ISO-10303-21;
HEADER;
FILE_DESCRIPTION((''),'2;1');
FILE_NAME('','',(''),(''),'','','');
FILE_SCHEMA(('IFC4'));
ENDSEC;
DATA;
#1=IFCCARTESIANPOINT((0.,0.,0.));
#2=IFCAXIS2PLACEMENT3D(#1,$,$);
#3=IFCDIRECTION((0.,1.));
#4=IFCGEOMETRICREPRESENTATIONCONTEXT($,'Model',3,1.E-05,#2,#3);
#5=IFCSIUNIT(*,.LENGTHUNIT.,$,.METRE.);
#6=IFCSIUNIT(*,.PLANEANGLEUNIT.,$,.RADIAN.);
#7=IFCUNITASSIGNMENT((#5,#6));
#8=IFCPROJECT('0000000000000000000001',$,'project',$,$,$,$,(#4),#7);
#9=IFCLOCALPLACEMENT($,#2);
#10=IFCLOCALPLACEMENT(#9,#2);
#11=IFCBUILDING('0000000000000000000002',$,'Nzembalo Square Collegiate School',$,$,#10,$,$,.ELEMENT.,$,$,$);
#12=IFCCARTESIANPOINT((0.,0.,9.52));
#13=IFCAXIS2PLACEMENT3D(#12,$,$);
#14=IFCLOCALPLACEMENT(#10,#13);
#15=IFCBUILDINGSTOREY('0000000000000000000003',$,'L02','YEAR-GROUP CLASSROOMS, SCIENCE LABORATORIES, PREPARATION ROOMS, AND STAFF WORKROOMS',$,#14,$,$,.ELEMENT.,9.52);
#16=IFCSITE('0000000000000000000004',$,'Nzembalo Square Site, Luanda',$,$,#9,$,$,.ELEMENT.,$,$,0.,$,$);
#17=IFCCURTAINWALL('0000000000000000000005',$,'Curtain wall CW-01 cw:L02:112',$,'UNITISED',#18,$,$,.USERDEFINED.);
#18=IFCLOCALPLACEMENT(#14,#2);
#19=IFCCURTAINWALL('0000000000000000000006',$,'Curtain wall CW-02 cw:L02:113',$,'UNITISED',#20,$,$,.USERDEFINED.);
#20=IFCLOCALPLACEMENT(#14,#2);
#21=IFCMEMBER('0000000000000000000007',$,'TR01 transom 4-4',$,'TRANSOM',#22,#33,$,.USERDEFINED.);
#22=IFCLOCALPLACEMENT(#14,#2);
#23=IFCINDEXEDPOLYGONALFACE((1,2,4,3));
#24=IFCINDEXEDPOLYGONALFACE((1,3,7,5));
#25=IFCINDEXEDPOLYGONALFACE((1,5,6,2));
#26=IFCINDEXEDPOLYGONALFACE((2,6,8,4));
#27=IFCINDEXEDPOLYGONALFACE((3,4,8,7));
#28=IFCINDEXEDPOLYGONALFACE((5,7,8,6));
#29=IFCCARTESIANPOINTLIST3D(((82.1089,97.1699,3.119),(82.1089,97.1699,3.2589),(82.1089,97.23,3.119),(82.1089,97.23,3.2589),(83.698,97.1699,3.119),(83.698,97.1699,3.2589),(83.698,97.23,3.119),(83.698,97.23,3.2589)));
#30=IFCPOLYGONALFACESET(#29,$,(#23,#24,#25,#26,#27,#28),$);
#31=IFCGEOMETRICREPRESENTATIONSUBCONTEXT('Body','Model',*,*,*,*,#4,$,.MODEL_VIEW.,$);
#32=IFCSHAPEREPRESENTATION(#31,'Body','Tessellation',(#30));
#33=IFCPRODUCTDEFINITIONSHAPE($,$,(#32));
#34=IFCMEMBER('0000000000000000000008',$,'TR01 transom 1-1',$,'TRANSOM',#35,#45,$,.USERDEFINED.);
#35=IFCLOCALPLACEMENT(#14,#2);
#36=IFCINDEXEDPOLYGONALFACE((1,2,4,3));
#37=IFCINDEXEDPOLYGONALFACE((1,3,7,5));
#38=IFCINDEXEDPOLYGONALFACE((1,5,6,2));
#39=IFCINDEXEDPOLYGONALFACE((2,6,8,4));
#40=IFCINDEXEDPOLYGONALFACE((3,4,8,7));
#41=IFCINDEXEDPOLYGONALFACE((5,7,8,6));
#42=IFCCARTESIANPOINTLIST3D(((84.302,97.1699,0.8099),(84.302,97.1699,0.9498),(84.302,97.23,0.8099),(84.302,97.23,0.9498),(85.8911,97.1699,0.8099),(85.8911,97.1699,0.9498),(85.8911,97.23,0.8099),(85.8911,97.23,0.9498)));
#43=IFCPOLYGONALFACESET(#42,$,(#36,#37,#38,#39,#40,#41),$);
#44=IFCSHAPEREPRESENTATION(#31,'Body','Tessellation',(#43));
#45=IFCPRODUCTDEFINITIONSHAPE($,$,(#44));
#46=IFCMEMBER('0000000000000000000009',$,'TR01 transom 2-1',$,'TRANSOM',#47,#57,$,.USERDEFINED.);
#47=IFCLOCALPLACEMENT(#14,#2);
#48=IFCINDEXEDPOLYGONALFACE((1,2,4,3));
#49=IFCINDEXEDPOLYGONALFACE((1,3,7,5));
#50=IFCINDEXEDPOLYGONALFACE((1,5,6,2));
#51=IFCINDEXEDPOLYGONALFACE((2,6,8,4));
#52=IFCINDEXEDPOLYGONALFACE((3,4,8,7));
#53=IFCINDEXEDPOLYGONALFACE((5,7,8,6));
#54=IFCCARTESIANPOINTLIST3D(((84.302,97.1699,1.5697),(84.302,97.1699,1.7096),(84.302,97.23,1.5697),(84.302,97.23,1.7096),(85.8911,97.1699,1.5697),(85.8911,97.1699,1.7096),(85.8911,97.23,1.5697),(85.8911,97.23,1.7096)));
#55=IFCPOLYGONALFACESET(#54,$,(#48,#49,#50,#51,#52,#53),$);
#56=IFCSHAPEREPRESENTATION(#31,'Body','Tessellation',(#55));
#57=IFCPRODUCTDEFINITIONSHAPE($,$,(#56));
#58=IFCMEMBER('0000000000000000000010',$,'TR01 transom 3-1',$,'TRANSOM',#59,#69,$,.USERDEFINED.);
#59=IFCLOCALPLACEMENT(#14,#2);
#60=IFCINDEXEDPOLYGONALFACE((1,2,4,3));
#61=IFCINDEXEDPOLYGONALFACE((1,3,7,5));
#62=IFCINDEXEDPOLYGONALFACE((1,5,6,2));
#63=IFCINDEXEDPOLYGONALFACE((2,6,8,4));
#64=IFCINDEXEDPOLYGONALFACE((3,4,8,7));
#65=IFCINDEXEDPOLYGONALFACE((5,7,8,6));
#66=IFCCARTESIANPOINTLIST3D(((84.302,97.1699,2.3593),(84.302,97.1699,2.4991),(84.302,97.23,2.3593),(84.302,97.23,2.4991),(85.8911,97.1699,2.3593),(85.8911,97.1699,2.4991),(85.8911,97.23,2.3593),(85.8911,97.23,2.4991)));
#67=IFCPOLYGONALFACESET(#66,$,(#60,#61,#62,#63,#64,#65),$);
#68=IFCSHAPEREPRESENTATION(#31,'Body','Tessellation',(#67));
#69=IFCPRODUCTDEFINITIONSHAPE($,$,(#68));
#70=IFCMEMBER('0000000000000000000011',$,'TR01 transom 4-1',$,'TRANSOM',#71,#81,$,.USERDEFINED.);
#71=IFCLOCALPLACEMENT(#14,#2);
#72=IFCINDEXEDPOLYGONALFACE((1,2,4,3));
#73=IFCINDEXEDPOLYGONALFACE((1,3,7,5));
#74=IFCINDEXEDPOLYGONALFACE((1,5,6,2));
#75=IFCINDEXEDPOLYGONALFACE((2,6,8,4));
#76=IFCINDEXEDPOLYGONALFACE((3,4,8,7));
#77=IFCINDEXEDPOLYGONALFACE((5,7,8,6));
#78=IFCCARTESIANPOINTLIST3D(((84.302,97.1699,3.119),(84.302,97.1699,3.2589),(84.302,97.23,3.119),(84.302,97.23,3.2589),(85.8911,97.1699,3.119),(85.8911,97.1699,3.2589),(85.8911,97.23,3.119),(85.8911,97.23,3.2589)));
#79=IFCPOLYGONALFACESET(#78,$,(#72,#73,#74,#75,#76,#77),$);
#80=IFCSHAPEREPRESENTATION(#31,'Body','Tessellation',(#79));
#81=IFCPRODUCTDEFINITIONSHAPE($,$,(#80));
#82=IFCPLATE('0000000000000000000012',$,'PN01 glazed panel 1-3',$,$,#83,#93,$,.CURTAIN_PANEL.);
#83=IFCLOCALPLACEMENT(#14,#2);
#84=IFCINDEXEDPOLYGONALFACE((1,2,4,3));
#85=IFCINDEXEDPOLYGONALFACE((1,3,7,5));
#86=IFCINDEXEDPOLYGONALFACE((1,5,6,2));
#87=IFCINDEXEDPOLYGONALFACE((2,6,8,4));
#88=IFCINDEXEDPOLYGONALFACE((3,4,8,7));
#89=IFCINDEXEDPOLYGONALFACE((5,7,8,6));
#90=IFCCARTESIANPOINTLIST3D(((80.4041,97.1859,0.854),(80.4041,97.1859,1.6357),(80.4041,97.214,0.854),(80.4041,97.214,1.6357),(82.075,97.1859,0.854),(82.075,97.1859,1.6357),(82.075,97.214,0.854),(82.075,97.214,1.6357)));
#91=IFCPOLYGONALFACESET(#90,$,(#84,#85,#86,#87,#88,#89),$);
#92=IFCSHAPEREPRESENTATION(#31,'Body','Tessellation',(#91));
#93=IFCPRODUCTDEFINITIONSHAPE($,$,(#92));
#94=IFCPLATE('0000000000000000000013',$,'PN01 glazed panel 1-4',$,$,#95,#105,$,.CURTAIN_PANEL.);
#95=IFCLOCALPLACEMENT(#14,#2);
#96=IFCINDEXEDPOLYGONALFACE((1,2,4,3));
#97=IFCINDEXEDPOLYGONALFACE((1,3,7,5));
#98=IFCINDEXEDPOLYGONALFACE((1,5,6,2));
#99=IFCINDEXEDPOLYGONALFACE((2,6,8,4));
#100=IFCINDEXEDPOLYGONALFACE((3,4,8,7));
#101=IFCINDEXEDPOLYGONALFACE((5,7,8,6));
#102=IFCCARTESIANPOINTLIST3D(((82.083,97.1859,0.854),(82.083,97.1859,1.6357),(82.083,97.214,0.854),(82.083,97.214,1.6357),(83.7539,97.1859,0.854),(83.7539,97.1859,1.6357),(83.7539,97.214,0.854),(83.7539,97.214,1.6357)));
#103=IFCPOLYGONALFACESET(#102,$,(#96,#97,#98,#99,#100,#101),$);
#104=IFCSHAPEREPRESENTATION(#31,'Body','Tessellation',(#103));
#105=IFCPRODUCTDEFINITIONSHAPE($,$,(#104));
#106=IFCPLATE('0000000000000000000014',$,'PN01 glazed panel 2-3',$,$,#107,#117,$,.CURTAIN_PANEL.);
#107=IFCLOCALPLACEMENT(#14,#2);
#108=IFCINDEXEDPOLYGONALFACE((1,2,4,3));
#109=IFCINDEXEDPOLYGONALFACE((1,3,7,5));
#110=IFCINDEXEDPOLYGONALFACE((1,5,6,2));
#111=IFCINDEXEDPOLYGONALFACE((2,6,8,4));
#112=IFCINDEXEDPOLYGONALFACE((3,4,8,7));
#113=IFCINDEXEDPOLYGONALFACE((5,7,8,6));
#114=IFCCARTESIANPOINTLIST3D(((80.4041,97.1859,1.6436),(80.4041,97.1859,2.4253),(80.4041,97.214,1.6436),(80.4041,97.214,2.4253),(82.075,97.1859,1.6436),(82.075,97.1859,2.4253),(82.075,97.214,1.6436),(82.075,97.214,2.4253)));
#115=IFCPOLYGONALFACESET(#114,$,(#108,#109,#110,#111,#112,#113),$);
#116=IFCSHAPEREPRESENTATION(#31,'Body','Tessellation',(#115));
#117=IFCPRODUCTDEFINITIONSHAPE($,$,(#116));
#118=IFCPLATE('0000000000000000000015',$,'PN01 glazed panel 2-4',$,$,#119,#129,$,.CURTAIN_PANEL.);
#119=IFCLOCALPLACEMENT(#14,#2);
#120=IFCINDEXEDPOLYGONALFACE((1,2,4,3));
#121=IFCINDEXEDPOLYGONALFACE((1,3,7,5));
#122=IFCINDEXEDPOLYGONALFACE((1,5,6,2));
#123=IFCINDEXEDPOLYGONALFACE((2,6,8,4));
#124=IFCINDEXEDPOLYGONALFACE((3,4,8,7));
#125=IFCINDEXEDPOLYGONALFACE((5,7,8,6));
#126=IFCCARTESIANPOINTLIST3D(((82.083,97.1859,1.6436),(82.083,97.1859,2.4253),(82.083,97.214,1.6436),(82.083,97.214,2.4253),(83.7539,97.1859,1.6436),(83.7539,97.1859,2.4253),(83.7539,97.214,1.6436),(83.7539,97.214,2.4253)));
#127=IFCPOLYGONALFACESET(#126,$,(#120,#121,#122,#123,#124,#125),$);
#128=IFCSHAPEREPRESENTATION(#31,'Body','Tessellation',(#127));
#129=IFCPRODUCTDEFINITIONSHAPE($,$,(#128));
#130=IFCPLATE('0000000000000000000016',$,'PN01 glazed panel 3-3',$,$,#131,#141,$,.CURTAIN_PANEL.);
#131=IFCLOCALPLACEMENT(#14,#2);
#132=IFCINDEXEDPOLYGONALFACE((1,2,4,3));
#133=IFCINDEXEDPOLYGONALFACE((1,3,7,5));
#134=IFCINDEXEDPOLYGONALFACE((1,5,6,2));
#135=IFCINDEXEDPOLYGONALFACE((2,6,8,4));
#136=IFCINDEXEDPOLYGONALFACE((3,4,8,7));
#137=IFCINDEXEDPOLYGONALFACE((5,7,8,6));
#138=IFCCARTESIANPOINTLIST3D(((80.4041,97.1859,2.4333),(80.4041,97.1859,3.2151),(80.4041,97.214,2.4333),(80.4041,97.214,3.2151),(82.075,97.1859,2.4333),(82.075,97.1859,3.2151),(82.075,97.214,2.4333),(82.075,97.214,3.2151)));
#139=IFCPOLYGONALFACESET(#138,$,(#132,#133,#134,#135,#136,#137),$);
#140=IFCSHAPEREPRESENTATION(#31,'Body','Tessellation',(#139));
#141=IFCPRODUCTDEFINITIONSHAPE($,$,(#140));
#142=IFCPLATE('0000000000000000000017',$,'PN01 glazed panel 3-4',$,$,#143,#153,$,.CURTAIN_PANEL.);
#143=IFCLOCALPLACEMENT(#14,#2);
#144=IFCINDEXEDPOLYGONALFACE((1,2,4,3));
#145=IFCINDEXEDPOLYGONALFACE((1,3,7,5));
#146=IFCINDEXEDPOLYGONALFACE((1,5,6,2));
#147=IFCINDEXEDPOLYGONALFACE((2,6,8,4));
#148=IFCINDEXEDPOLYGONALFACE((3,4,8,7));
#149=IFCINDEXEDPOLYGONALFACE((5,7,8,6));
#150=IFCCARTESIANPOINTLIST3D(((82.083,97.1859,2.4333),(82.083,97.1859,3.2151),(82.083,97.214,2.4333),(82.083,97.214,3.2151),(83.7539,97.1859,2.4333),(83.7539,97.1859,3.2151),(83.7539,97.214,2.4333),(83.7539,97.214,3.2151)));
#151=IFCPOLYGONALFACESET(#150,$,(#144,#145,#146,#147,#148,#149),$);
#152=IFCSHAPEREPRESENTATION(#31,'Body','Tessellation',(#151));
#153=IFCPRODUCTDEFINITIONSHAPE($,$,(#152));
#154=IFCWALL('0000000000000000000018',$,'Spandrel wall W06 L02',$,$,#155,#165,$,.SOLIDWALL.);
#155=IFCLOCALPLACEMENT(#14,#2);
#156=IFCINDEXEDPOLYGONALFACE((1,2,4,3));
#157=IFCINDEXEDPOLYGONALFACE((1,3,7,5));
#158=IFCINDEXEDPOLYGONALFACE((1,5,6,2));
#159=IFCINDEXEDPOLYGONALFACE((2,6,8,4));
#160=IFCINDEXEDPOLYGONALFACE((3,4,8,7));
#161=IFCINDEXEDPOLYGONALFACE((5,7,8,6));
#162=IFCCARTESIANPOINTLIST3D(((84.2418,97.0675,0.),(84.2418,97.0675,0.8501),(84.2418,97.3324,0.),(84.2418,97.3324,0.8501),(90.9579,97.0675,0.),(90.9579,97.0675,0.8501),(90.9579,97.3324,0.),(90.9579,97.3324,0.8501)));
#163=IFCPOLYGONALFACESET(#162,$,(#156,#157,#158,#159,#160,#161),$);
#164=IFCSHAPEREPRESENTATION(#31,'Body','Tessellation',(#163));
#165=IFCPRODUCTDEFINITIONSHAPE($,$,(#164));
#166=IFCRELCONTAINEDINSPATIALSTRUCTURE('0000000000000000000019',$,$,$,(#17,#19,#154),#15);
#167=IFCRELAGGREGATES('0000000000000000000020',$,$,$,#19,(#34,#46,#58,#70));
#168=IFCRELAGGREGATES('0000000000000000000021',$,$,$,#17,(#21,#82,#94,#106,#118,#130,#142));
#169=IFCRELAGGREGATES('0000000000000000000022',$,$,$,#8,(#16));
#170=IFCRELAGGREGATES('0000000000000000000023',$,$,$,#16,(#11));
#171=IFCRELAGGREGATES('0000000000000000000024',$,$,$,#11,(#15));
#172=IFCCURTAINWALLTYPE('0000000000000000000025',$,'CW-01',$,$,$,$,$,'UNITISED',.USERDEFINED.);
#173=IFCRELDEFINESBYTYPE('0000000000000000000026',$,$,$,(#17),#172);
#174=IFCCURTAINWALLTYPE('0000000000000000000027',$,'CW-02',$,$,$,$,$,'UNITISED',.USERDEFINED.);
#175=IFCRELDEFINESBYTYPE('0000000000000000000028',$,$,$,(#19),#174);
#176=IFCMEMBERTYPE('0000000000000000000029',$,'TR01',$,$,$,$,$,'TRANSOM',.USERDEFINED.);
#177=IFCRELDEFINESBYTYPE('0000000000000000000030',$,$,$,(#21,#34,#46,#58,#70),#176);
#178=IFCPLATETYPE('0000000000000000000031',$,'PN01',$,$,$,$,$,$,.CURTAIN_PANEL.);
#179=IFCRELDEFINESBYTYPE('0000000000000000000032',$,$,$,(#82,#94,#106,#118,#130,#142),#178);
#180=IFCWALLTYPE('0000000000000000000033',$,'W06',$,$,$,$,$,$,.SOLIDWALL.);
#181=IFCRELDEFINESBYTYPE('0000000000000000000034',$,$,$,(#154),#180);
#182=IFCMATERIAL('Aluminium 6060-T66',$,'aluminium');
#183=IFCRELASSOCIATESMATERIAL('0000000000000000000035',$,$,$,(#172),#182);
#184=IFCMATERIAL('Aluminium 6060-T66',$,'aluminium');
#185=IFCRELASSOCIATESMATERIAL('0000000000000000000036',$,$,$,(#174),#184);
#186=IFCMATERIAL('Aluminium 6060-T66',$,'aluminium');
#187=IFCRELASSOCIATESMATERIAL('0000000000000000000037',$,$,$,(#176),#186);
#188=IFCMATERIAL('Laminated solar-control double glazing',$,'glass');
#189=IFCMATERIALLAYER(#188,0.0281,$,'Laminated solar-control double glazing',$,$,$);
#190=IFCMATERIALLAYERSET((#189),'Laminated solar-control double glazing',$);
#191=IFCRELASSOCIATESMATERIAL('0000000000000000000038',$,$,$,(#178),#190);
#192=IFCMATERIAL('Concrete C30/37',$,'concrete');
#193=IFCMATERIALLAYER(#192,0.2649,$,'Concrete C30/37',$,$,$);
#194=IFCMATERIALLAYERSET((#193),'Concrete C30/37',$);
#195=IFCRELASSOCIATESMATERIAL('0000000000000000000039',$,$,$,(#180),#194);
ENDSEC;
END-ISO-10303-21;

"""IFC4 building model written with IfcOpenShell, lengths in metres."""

from ifc_helpers import new_model, si_unit, direction, frame, frame_2d, origin, origin_2d, place, context, subcontext, project, spatial, rectangle, extrude, material, layer, layer_set, material_profile, profile_set, type_object, element, aggregate, save


model = new_model("IFC4")

# Units and contexts
model_context = context("Model", 3, precision=1e-05, world=origin(), true_north=direction((0.0, 1.0)))
body_context = subcontext(model_context, "Body", "Model", "MODEL_VIEW")
ifc_project = project(units=[si_unit("LENGTHUNIT", "METRE"), si_unit("PLANEANGLEUNIT", "RADIAN")], contexts=[model_context])

# Site, building, storey
site_placement = place(None, origin())
site = spatial("IfcSite", under=ifc_project, at=site_placement, Name="Nzembalo Square Site, Luanda", CompositionType="ELEMENT", RefElevation=0.0)
building_placement = place(site_placement, origin())
building = spatial("IfcBuilding", under=site, at=building_placement, Name="Nzembalo Square Collegiate School", CompositionType="ELEMENT")
storey_placement = place(building_placement, frame((0.0, 0.0, 9.52)))
storey = spatial("IfcBuildingStorey", under=building, at=storey_placement, Name="L02", Description="YEAR-GROUP CLASSROOMS, SCIENCE LABORATORIES, PREPARATION ROOMS, AND STAFF WORKROOMS", CompositionType="ELEMENT", Elevation=9.52)

# Curtain wall
ifc_material_1 = material(Name="Aluminium 6060-T66", Category="aluminium")
curtain_wall_type_1 = type_object("IfcCurtainWallType", Name="CW-01", ElementType="UNITISED", PredefinedType="USERDEFINED", material=ifc_material_1)
curtain_wall_1_placement = place(storey_placement, origin())
curtain_wall_1 = element("IfcCurtainWall", 1, at=curtain_wall_1_placement, inside=storey, type_object=curtain_wall_type_1, Name="Curtain wall CW-01 cw:L02:112", ObjectType="UNITISED", PredefinedType="USERDEFINED")

# Curtain wall
ifc_material_2 = material(Name="Aluminium 6060-T66", Category="aluminium")
curtain_wall_type_2 = type_object("IfcCurtainWallType", Name="CW-02", ElementType="UNITISED", PredefinedType="USERDEFINED", material=ifc_material_2)
curtain_wall_2_placement = place(storey_placement, origin())
curtain_wall_2 = element("IfcCurtainWall", 2, at=curtain_wall_2_placement, inside=storey, type_object=curtain_wall_type_2, Name="Curtain wall CW-02 cw:L02:113", ObjectType="UNITISED", PredefinedType="USERDEFINED")

# Members
ifc_material_3 = material(Name="Aluminium 6060-T66", Category="aluminium")
ifc_material_profile_1 = material_profile(ifc_material_3, rectangle(XDim=0.0601, YDim=0.1399, at=origin_2d()), Name="ALU T60x140")
ifc_profile_set_1 = profile_set([ifc_material_profile_1], Name="Aluminium 6060-T66")
member_type_1 = type_object("IfcMemberType", Name="TR01", ElementType="TRANSOM", PredefinedType="USERDEFINED", material=ifc_profile_set_1)
member_1_placement = place(storey_placement, frame((82.1089, 97.2, 3.189), z_axis=(1.0, 0.0, 0.0), x_axis=(0.0, 1.0, 0.0)))
member_1 = element("IfcMember", 3, at=member_1_placement, type_object=member_type_1, Name="TR01 transom 4-4", ObjectType="TRANSOM", PredefinedType="USERDEFINED", context=body_context, shape_type="SweptSolid", body=[
    extrude(rectangle(XDim=0.0601, YDim=0.1399, at=origin_2d()), origin(), (0.0, 0.0, 1.0), 1.5891),
])
member_2_placement = place(storey_placement, frame((84.302, 97.2, 0.8799), z_axis=(1.0, 0.0, 0.0), x_axis=(0.0, 1.0, 0.0)))
member_2 = element("IfcMember", 4, at=member_2_placement, type_object=member_type_1, Name="TR01 transom 1-1", ObjectType="TRANSOM", PredefinedType="USERDEFINED", context=body_context, shape_type="SweptSolid", body=[
    extrude(rectangle(XDim=0.0601, YDim=0.1399, at=origin_2d()), origin(), (0.0, 0.0, 1.0), 1.5891),
])
member_3_placement = place(storey_placement, frame((84.302, 97.2, 1.6396), z_axis=(1.0, 0.0, 0.0), x_axis=(0.0, 1.0, 0.0)))
member_3 = element("IfcMember", 5, at=member_3_placement, type_object=member_type_1, Name="TR01 transom 2-1", ObjectType="TRANSOM", PredefinedType="USERDEFINED", context=body_context, shape_type="SweptSolid", body=[
    extrude(rectangle(XDim=0.0601, YDim=0.1399, at=origin_2d()), origin(), (0.0, 0.0, 1.0), 1.5891),
])
member_4_placement = place(storey_placement, frame((84.302, 97.2, 2.4292), z_axis=(1.0, 0.0, 0.0), x_axis=(0.0, 1.0, 0.0)))
member_4 = element("IfcMember", 6, at=member_4_placement, type_object=member_type_1, Name="TR01 transom 3-1", ObjectType="TRANSOM", PredefinedType="USERDEFINED", context=body_context, shape_type="SweptSolid", body=[
    extrude(rectangle(XDim=0.0601, YDim=0.1399, at=origin_2d()), origin(), (0.0, 0.0, 1.0), 1.5891),
])
member_5_placement = place(storey_placement, frame((84.302, 97.2, 3.189), z_axis=(1.0, 0.0, 0.0), x_axis=(0.0, 1.0, 0.0)))
member_5 = element("IfcMember", 7, at=member_5_placement, type_object=member_type_1, Name="TR01 transom 4-1", ObjectType="TRANSOM", PredefinedType="USERDEFINED", context=body_context, shape_type="SweptSolid", body=[
    extrude(rectangle(XDim=0.0601, YDim=0.1399, at=origin_2d()), origin(), (0.0, 0.0, 1.0), 1.5891),
])
aggregate(curtain_wall_2, [member_2, member_3, member_4, member_5])

# Plates
ifc_material_4 = material(Name="Laminated solar-control double glazing", Category="glass")
ifc_layer_1 = layer(ifc_material_4, 0.0281, Name="Laminated solar-control double glazing")
ifc_layer_set_1 = layer_set([ifc_layer_1], Name="Laminated solar-control double glazing")
plate_type = type_object("IfcPlateType", Name="PN01", PredefinedType="CURTAIN_PANEL", material=ifc_layer_set_1)
plate_1_placement = place(storey_placement, frame((81.2395, 97.2, 0.854), z_axis=(0.0, 0.0, 1.0), x_axis=(1.0, 0.0, 0.0)))
plate_1 = element("IfcPlate", 8, at=plate_1_placement, type_object=plate_type, Name="PN01 glazed panel 1-3", PredefinedType="CURTAIN_PANEL", context=body_context, shape_type="SweptSolid", body=[
    extrude(rectangle(XDim=1.6709, YDim=0.0281, at=origin_2d()), origin(), (0.0, 0.0, 1.0), 0.7817),
])
plate_2_placement = place(storey_placement, frame((82.9185, 97.2, 0.854), z_axis=(0.0, 0.0, 1.0), x_axis=(1.0, 0.0, 0.0)))
plate_2 = element("IfcPlate", 9, at=plate_2_placement, type_object=plate_type, Name="PN01 glazed panel 1-4", PredefinedType="CURTAIN_PANEL", context=body_context, shape_type="SweptSolid", body=[
    extrude(rectangle(XDim=1.6709, YDim=0.0281, at=origin_2d()), origin(), (0.0, 0.0, 1.0), 0.7817),
])
plate_3_placement = place(storey_placement, frame((81.2395, 97.2, 1.6436), z_axis=(0.0, 0.0, 1.0), x_axis=(1.0, 0.0, 0.0)))
plate_3 = element("IfcPlate", 10, at=plate_3_placement, type_object=plate_type, Name="PN01 glazed panel 2-3", PredefinedType="CURTAIN_PANEL", context=body_context, shape_type="SweptSolid", body=[
    extrude(rectangle(XDim=1.6709, YDim=0.0281, at=origin_2d()), origin(), (0.0, 0.0, 1.0), 0.7817),
])
plate_4_placement = place(storey_placement, frame((82.9185, 97.2, 1.6436), z_axis=(0.0, 0.0, 1.0), x_axis=(1.0, 0.0, 0.0)))
plate_4 = element("IfcPlate", 11, at=plate_4_placement, type_object=plate_type, Name="PN01 glazed panel 2-4", PredefinedType="CURTAIN_PANEL", context=body_context, shape_type="SweptSolid", body=[
    extrude(rectangle(XDim=1.6709, YDim=0.0281, at=origin_2d()), origin(), (0.0, 0.0, 1.0), 0.7817),
])
plate_5_placement = place(storey_placement, frame((81.2395, 97.2, 2.4333), z_axis=(0.0, 0.0, 1.0), x_axis=(1.0, 0.0, 0.0)))
plate_5 = element("IfcPlate", 12, at=plate_5_placement, type_object=plate_type, Name="PN01 glazed panel 3-3", PredefinedType="CURTAIN_PANEL", context=body_context, shape_type="SweptSolid", body=[
    extrude(rectangle(XDim=1.6709, YDim=0.0281, at=origin_2d()), origin(), (0.0, 0.0, 1.0), 0.7817),
])
plate_6_placement = place(storey_placement, frame((82.9185, 97.2, 2.4333), z_axis=(0.0, 0.0, 1.0), x_axis=(1.0, 0.0, 0.0)))
plate_6 = element("IfcPlate", 13, at=plate_6_placement, type_object=plate_type, Name="PN01 glazed panel 3-4", PredefinedType="CURTAIN_PANEL", context=body_context, shape_type="SweptSolid", body=[
    extrude(rectangle(XDim=1.6709, YDim=0.0281, at=origin_2d()), origin(), (0.0, 0.0, 1.0), 0.7817),
])
aggregate(curtain_wall_1, [member_1, plate_1, plate_2, plate_3, plate_4, plate_5, plate_6])

# Wall
ifc_material_5 = material(Name="Concrete C30/37", Category="concrete")
ifc_layer_2 = layer(ifc_material_5, 0.2649, Name="Concrete C30/37")
ifc_layer_set_2 = layer_set([ifc_layer_2], Name="Concrete C30/37")
wall_type = type_object("IfcWallType", Name="W06", PredefinedType="SOLIDWALL", material=ifc_layer_set_2)
wall_placement = place(storey_placement, frame((84.2419, 97.2, 0.0), z_axis=(0.0, 0.0, 1.0), x_axis=(1.0, 0.0, 0.0)))
element("IfcWall", 14, at=wall_placement, inside=storey, type_object=wall_type, Name="Spandrel wall W06 L02", PredefinedType="SOLIDWALL", context=body_context, shape_type="SweptSolid", body=[
    extrude(rectangle(XDim=6.7161, YDim=0.2649, at=frame_2d((3.3579, 0.0))), origin(), (0.0, 0.0, 1.0), 0.8501),
])

save(model, "model.ifc")
